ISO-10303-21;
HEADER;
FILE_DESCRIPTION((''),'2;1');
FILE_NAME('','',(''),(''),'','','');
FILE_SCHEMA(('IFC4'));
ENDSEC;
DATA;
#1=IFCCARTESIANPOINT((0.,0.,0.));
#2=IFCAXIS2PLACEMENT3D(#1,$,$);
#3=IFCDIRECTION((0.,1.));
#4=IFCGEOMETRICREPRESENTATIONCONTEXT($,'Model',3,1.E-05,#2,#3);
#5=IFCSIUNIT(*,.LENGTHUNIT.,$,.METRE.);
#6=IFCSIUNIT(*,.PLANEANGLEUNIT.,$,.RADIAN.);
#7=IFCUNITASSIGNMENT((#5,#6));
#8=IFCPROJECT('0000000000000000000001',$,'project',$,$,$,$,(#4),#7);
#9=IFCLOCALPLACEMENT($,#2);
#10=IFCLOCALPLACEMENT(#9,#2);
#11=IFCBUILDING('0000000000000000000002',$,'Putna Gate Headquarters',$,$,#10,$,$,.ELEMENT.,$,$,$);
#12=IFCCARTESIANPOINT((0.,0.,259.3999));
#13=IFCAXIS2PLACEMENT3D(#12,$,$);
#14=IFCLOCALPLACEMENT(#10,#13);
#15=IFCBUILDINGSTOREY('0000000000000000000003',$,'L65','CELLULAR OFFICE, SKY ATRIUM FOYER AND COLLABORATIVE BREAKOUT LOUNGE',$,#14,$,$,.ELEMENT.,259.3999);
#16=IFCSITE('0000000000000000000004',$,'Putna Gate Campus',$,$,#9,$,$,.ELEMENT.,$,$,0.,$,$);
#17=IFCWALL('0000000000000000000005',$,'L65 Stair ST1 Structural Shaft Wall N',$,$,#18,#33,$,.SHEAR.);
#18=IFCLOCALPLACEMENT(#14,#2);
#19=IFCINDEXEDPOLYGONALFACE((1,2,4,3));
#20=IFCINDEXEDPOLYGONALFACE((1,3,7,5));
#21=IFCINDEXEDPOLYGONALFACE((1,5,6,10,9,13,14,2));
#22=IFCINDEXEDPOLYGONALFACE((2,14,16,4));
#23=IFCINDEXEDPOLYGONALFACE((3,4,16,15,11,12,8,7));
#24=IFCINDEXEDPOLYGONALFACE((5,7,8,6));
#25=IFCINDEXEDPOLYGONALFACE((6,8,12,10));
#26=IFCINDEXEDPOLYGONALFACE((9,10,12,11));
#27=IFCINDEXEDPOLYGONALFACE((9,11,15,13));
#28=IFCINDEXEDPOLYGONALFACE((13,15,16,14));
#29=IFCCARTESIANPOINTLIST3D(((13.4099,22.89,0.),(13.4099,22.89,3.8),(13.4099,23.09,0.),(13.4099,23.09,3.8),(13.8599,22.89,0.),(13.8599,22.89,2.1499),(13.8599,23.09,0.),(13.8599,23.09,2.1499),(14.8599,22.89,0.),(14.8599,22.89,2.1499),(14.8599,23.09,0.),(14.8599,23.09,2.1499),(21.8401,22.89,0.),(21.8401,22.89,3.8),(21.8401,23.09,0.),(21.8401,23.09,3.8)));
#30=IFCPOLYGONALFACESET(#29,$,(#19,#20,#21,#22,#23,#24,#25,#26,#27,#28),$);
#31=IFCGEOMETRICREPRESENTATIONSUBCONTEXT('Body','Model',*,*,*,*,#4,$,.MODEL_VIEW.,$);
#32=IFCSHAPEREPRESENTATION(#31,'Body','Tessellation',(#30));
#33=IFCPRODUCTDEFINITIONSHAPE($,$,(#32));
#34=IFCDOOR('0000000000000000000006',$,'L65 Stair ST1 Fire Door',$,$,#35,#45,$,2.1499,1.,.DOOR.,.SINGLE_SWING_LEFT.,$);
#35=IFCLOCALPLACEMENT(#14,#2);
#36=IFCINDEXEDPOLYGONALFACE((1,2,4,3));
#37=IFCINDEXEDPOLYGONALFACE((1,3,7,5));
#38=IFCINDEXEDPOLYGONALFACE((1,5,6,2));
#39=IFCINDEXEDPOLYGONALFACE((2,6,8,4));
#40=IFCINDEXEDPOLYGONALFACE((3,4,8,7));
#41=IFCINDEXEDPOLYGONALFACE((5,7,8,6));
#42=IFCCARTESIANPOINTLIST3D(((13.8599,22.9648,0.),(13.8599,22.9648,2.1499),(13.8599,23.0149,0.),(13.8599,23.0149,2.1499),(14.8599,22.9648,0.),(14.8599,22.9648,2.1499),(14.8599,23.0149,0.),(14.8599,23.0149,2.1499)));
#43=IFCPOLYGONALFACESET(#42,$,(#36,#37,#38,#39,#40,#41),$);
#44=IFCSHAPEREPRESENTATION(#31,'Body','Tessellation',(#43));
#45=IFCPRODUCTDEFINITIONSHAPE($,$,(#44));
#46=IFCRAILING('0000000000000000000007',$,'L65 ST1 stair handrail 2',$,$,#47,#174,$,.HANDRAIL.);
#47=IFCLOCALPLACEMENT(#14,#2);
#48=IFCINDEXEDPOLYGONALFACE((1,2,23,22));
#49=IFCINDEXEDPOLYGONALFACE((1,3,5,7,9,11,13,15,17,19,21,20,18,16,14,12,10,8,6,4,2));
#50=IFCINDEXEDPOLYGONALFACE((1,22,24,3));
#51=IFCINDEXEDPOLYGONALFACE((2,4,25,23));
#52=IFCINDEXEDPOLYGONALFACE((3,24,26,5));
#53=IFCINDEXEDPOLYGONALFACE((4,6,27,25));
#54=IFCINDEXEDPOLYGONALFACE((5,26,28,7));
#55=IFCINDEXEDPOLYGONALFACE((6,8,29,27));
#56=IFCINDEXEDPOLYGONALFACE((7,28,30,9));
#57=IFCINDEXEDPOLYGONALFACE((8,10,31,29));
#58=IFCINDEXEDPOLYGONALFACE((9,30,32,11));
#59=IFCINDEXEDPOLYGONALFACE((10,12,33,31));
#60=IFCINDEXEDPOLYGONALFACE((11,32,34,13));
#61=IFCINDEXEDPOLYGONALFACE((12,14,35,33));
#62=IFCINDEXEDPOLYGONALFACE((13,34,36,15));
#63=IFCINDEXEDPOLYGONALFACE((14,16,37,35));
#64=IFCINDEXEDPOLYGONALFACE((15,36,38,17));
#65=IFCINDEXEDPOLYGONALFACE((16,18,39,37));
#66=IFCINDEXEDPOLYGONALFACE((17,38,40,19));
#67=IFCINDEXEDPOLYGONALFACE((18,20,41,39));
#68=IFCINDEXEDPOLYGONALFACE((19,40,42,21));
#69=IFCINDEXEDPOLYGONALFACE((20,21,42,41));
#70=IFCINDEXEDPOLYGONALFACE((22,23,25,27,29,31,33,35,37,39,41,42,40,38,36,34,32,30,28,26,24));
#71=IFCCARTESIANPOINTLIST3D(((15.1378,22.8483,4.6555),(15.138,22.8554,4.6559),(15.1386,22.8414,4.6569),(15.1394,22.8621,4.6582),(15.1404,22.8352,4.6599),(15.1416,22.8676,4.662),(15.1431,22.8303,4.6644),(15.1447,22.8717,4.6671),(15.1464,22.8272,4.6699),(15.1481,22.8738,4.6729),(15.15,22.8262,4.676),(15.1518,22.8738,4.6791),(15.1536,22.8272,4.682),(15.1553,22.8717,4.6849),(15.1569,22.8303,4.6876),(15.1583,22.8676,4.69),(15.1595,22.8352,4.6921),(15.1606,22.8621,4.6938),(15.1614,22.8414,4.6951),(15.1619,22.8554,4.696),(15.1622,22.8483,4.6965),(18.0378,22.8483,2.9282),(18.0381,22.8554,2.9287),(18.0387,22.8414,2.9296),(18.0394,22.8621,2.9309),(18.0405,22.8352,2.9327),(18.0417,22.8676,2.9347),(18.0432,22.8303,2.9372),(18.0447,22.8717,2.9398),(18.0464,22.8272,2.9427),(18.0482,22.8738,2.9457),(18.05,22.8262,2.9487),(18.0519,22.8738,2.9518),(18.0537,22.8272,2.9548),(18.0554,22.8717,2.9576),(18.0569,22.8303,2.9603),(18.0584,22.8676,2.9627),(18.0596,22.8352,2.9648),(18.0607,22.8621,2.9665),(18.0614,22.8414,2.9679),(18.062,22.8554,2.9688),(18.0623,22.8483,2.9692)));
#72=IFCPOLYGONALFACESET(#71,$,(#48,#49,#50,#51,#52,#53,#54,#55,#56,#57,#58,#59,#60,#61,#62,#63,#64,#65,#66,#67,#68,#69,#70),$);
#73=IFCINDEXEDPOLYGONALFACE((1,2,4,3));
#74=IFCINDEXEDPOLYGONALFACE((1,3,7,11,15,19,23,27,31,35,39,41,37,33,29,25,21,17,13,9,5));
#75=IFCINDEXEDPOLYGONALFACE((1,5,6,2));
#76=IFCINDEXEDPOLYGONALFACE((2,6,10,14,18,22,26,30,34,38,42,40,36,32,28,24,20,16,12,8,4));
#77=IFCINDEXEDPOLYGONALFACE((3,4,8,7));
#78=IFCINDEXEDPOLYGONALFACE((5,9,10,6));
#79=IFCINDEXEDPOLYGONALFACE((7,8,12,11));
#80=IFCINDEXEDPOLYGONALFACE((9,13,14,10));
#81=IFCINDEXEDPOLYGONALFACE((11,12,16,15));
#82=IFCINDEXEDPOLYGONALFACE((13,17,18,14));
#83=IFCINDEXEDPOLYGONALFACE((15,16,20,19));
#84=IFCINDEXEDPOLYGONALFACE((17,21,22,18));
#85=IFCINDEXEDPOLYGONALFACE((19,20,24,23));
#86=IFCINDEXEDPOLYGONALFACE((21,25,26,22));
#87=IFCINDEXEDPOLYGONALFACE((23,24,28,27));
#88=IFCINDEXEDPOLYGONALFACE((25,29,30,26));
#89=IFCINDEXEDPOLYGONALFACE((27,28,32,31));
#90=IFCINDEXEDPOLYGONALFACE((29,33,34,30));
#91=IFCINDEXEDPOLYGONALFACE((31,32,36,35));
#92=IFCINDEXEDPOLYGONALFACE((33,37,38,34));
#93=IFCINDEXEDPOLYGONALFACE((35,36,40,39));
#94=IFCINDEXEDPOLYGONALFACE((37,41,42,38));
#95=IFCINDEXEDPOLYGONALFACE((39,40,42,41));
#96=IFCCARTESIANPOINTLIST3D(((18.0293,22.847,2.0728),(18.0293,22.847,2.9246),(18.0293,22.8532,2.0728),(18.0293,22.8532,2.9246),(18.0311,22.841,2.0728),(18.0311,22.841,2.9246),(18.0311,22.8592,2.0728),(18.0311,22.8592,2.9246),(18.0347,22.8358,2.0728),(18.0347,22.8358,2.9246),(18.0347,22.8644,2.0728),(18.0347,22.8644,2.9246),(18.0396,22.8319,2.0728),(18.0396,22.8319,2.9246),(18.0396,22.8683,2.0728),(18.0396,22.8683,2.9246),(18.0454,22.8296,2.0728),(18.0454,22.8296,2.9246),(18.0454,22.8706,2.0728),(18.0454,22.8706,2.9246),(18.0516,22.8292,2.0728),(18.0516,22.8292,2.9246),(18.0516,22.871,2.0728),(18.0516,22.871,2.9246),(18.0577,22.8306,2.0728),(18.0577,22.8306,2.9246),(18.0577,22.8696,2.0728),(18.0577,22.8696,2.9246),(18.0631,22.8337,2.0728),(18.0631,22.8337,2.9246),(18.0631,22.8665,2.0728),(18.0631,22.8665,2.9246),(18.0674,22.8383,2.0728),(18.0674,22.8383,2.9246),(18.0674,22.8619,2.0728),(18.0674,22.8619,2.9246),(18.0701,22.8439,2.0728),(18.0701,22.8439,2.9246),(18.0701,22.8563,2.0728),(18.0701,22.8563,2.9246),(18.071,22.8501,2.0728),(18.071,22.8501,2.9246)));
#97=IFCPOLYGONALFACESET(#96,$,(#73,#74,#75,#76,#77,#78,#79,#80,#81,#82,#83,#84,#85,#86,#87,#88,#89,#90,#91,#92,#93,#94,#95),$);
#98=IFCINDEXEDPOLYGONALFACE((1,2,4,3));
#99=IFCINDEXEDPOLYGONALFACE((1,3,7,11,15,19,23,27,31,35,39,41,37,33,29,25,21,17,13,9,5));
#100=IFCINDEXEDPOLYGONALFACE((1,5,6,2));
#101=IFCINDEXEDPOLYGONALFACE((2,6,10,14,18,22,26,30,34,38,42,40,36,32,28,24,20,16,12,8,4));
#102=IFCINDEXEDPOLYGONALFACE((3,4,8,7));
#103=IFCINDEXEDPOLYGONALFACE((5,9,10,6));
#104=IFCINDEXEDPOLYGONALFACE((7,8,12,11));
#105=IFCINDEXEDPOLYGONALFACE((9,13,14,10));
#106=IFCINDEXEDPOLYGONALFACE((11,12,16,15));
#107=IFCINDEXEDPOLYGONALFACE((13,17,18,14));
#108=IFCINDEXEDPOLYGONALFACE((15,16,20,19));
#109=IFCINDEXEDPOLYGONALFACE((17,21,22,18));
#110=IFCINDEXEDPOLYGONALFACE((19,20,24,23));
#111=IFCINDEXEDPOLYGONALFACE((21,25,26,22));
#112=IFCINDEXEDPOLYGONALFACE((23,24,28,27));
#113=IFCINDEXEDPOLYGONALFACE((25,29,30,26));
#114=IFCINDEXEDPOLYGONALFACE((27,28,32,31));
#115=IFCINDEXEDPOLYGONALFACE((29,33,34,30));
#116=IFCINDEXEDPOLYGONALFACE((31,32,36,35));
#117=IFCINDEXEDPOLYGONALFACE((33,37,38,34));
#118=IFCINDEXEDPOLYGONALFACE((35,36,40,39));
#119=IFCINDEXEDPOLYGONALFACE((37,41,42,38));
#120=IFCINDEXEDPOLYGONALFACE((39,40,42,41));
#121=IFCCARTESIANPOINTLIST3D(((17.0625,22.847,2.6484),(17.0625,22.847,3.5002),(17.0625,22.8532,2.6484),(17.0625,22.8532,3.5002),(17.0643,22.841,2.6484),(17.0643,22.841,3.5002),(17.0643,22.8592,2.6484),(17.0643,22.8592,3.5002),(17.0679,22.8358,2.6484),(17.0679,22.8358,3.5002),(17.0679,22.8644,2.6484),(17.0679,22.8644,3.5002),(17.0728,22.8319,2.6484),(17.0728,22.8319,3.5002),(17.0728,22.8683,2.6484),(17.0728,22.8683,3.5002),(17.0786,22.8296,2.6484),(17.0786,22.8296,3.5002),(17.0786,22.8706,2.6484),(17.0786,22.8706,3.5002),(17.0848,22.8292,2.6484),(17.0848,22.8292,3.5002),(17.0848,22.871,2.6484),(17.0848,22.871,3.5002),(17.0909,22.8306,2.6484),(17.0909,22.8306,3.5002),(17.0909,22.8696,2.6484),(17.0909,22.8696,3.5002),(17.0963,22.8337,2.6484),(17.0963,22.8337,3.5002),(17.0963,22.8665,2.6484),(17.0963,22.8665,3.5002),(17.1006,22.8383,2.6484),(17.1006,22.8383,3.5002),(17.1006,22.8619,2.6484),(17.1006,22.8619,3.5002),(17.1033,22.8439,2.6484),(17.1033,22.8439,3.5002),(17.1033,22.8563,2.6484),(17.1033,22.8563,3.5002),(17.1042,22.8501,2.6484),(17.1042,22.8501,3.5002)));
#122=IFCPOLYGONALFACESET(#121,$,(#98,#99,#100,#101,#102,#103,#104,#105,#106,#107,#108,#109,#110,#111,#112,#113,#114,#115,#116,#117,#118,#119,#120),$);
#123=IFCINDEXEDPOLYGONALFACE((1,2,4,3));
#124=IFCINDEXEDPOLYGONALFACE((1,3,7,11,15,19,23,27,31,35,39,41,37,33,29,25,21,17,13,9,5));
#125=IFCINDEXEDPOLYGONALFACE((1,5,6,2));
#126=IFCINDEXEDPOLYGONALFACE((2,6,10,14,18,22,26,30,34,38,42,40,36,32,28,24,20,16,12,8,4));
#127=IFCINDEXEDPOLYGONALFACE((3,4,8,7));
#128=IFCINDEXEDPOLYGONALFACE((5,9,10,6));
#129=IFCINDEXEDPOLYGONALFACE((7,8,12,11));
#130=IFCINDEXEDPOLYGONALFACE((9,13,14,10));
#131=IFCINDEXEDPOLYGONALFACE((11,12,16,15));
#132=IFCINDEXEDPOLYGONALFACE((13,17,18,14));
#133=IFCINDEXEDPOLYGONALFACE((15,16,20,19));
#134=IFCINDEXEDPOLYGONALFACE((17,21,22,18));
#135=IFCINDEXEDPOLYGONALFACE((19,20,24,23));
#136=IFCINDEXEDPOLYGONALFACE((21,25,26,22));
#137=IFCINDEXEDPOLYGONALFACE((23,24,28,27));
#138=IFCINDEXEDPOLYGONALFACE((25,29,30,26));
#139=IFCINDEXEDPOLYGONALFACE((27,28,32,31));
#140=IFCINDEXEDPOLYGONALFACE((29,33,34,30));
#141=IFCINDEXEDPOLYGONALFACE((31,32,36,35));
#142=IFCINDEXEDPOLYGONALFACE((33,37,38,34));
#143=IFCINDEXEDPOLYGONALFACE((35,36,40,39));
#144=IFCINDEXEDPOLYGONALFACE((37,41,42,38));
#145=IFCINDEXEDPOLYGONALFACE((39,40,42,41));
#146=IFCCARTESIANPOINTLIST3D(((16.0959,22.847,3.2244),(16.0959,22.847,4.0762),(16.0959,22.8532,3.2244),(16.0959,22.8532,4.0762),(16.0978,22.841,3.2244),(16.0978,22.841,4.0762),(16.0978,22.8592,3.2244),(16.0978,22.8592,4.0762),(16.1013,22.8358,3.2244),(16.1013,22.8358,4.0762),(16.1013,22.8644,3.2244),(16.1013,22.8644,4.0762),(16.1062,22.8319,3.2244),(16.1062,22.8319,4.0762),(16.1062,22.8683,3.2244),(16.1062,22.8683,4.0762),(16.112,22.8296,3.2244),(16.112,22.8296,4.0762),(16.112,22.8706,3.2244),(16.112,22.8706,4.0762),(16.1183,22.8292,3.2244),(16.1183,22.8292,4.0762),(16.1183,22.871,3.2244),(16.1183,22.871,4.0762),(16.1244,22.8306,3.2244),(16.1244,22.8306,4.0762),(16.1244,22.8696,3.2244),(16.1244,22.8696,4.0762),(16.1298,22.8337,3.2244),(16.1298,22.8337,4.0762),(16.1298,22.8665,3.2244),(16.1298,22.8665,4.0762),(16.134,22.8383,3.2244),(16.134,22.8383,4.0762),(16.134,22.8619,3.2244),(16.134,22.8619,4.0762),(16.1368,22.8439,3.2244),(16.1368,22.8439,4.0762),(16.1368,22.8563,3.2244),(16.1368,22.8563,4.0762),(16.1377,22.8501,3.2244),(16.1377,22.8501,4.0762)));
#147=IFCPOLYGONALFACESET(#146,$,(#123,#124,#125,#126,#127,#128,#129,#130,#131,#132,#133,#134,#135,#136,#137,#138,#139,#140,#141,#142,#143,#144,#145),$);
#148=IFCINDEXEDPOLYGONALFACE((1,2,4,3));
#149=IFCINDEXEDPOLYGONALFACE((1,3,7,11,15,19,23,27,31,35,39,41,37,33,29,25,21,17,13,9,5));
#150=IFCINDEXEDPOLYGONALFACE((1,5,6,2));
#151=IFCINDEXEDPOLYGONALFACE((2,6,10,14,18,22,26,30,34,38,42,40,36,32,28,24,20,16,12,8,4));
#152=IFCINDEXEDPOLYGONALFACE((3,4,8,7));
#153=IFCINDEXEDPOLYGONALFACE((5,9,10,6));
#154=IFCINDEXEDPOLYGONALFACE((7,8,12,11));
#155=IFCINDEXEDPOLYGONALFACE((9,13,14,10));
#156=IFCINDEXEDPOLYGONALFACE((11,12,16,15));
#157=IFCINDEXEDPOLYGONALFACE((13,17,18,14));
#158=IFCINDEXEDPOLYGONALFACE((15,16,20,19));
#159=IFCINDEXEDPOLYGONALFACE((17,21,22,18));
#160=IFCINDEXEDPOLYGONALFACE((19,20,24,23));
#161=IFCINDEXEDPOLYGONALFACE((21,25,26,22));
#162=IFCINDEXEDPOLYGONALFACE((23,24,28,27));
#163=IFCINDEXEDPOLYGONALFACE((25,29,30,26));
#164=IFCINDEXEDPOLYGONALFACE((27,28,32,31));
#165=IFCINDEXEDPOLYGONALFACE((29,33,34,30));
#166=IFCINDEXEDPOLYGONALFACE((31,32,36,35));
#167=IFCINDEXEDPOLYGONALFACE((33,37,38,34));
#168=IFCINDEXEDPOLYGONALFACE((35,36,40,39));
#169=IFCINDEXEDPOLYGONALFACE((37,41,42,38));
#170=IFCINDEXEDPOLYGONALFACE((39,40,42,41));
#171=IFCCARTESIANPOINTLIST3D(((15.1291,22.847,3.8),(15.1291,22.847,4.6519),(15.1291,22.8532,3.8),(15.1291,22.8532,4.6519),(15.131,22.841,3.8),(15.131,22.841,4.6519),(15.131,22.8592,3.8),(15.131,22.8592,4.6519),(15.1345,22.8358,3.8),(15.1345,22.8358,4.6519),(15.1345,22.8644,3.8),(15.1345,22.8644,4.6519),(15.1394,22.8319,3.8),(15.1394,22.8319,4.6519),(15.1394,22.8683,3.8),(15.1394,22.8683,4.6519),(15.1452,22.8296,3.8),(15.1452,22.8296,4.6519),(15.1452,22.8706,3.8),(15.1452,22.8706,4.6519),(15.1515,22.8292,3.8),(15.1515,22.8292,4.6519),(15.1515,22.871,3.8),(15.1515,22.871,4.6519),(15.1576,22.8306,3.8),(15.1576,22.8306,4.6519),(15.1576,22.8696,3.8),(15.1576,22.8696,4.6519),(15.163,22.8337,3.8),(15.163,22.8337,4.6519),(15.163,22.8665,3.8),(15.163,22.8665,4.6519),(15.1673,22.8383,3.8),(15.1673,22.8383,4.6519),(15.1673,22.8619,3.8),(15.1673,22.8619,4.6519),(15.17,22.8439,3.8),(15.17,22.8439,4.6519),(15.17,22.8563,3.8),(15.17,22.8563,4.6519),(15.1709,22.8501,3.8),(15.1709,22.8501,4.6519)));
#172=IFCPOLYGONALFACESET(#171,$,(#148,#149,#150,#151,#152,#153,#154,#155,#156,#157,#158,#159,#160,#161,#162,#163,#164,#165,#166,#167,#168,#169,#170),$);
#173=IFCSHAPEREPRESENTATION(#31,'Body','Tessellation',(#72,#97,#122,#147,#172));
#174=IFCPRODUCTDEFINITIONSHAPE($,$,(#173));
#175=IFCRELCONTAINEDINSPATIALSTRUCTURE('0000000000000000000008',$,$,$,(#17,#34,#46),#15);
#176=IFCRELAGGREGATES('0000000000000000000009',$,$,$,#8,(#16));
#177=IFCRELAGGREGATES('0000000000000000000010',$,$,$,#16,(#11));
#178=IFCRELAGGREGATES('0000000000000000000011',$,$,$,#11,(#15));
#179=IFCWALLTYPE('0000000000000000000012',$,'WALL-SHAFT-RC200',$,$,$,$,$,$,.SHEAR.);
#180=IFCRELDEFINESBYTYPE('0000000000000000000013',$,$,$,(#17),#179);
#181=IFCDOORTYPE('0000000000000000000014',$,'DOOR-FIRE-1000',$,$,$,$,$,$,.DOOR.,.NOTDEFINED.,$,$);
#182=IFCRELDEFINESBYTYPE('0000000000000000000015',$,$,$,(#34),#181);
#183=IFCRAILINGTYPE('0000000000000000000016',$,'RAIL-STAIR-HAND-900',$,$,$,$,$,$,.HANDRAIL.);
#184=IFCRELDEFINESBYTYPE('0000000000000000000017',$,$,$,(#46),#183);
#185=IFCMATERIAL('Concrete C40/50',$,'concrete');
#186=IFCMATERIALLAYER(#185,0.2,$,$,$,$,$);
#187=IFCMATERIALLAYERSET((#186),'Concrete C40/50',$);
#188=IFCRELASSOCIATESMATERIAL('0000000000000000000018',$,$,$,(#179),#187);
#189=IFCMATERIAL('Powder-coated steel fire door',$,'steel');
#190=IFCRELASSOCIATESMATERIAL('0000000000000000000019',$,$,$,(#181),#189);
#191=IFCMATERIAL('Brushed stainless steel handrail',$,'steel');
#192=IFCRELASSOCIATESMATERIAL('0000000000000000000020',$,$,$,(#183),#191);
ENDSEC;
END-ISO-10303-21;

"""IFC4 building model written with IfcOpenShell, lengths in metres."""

from ifc_helpers import new_model, si_unit, direction, frame, frame_2d, origin, origin_2d, place, context, subcontext, project, spatial, rectangle, circle, extrude, material, layer, layer_set, type_object, element, fill, save


model = new_model("IFC4")

# Units and contexts
model_context = context("Model", 3, precision=1e-05, world=origin(), true_north=direction((0.0, 1.0)))
body_context = subcontext(model_context, "Body", "Model", "MODEL_VIEW")
ifc_project = project(units=[si_unit("LENGTHUNIT", "METRE"), si_unit("PLANEANGLEUNIT", "RADIAN")], contexts=[model_context])

# Site, building, storey
site_placement = place(None, origin())
site = spatial("IfcSite", under=ifc_project, at=site_placement, Name="Putna Gate Campus", CompositionType="ELEMENT", RefElevation=0.0)
building_placement = place(site_placement, origin())
building = spatial("IfcBuilding", under=site, at=building_placement, Name="Putna Gate Headquarters", CompositionType="ELEMENT")
storey_placement = place(building_placement, frame((0.0, 0.0, 259.3999)))
storey = spatial("IfcBuildingStorey", under=building, at=storey_placement, Name="L65", Description="CELLULAR OFFICE, SKY ATRIUM FOYER AND COLLABORATIVE BREAKOUT LOUNGE", CompositionType="ELEMENT", Elevation=259.3999)

# Shared definitions
ifc_material_1 = material(Name="Concrete C40/50", Category="concrete")

# Wall, opening, door
ifc_layer_1 = layer(ifc_material_1, 0.2)
ifc_layer_set_1 = layer_set([ifc_layer_1], Name="Concrete C40/50")
wall_type_1 = type_object("IfcWallType", Name="WALL-SHAFT-RC200", PredefinedType="SHEAR", material=ifc_layer_set_1)
wall_1_placement = place(storey_placement, frame((13.4099, 22.99, 0.0), z_axis=(0.0, 0.0, 1.0), x_axis=(1.0, 0.0, 0.0)))
wall_1 = element("IfcWall", 1, at=wall_1_placement, inside=storey, type_object=wall_type_1, Name="L65 Stair ST1 Structural Shaft Wall N", PredefinedType="SHEAR", context=body_context, shape_type="SweptSolid", body=[
    extrude(rectangle(XDim=8.4302, YDim=0.2, at=frame_2d((4.2151, 0.0))), origin(), (0.0, 0.0, 1.0), 3.8),
])
opening_1_placement = place(wall_1_placement, frame((0.45, 0.0, 0.0)))
opening_1 = element("IfcOpeningElement", 2, at=opening_1_placement, cuts=wall_1, PredefinedType="OPENING", context=body_context, shape_type="SweptSolid", body=[
    extrude(rectangle(XDim=1.0, YDim=2.1499, at=frame_2d((0.5, 1.075))), frame((0.0, 0.1099, 0.0), z_axis=(0.0, -1.0, 0.0), x_axis=(1.0, 0.0, 0.0)), (0.0, 0.0, 1.0), 0.22),
])
ifc_material_2 = material(Name="Powder-coated steel fire door", Category="steel")
door_type_1 = type_object("IfcDoorType", Name="DOOR-FIRE-1000", OperationType="NOTDEFINED", PredefinedType="DOOR", material=ifc_material_2)
door_1_placement = place(opening_1_placement, origin())
door_1 = element("IfcDoor", 3, at=door_1_placement, inside=storey, type_object=door_type_1, Name="L65 Stair ST1 Fire Door", OperationType="SINGLE_SWING_LEFT", OverallHeight=2.1499, OverallWidth=1.0, PredefinedType="DOOR", context=body_context, shape_type="SweptSolid", body=[
    extrude(rectangle(XDim=1.0, YDim=2.1499, at=frame_2d((0.5, 1.075))), frame((0.0, 0.0249, 0.0), z_axis=(0.0, -1.0, 0.0), x_axis=(1.0, 0.0, 0.0)), (0.0, 0.0, 1.0), 0.05),
])
fill(opening_1, door_1)

# Railing
ifc_material_3 = material(Name="Brushed stainless steel handrail", Category="steel")
railing_type = type_object("IfcRailingType", Name="RAIL-STAIR-HAND-900", PredefinedType="HANDRAIL", material=ifc_material_3)
railing_placement = place(storey_placement, frame((18.05, 22.8501, 2.0728)))
element("IfcRailing", 4, at=railing_placement, inside=storey, type_object=railing_type, Name="L65 ST1 stair handrail 2", PredefinedType="HANDRAIL", context=body_context, shape_type="SweptSolid", body=[
    extrude(circle(Radius=0.0239, at=origin_2d()), frame((0.0, 0.0, 0.876), z_axis=(-0.85916, 0.0, 0.511706), x_axis=(0.0, -1.0, 0.0)), (0.0, 0.0, 1.0), 3.3755),
    extrude(circle(Radius=0.021, at=origin_2d()), origin(), (0.0, 0.0, 1.0), 0.8518),
    extrude(circle(Radius=0.021, at=origin_2d()), frame((-0.9668, 0.0, 0.5757)), (0.0, 0.0, 1.0), 0.8518),
    extrude(circle(Radius=0.021, at=origin_2d()), frame((-1.9333, 0.0, 1.1516)), (0.0, 0.0, 1.0), 0.8518),
    extrude(circle(Radius=0.021, at=origin_2d()), frame((-2.9001, 0.0, 1.7273)), (0.0, 0.0, 1.0), 0.8518),
])

save(model, "model.ifc")
